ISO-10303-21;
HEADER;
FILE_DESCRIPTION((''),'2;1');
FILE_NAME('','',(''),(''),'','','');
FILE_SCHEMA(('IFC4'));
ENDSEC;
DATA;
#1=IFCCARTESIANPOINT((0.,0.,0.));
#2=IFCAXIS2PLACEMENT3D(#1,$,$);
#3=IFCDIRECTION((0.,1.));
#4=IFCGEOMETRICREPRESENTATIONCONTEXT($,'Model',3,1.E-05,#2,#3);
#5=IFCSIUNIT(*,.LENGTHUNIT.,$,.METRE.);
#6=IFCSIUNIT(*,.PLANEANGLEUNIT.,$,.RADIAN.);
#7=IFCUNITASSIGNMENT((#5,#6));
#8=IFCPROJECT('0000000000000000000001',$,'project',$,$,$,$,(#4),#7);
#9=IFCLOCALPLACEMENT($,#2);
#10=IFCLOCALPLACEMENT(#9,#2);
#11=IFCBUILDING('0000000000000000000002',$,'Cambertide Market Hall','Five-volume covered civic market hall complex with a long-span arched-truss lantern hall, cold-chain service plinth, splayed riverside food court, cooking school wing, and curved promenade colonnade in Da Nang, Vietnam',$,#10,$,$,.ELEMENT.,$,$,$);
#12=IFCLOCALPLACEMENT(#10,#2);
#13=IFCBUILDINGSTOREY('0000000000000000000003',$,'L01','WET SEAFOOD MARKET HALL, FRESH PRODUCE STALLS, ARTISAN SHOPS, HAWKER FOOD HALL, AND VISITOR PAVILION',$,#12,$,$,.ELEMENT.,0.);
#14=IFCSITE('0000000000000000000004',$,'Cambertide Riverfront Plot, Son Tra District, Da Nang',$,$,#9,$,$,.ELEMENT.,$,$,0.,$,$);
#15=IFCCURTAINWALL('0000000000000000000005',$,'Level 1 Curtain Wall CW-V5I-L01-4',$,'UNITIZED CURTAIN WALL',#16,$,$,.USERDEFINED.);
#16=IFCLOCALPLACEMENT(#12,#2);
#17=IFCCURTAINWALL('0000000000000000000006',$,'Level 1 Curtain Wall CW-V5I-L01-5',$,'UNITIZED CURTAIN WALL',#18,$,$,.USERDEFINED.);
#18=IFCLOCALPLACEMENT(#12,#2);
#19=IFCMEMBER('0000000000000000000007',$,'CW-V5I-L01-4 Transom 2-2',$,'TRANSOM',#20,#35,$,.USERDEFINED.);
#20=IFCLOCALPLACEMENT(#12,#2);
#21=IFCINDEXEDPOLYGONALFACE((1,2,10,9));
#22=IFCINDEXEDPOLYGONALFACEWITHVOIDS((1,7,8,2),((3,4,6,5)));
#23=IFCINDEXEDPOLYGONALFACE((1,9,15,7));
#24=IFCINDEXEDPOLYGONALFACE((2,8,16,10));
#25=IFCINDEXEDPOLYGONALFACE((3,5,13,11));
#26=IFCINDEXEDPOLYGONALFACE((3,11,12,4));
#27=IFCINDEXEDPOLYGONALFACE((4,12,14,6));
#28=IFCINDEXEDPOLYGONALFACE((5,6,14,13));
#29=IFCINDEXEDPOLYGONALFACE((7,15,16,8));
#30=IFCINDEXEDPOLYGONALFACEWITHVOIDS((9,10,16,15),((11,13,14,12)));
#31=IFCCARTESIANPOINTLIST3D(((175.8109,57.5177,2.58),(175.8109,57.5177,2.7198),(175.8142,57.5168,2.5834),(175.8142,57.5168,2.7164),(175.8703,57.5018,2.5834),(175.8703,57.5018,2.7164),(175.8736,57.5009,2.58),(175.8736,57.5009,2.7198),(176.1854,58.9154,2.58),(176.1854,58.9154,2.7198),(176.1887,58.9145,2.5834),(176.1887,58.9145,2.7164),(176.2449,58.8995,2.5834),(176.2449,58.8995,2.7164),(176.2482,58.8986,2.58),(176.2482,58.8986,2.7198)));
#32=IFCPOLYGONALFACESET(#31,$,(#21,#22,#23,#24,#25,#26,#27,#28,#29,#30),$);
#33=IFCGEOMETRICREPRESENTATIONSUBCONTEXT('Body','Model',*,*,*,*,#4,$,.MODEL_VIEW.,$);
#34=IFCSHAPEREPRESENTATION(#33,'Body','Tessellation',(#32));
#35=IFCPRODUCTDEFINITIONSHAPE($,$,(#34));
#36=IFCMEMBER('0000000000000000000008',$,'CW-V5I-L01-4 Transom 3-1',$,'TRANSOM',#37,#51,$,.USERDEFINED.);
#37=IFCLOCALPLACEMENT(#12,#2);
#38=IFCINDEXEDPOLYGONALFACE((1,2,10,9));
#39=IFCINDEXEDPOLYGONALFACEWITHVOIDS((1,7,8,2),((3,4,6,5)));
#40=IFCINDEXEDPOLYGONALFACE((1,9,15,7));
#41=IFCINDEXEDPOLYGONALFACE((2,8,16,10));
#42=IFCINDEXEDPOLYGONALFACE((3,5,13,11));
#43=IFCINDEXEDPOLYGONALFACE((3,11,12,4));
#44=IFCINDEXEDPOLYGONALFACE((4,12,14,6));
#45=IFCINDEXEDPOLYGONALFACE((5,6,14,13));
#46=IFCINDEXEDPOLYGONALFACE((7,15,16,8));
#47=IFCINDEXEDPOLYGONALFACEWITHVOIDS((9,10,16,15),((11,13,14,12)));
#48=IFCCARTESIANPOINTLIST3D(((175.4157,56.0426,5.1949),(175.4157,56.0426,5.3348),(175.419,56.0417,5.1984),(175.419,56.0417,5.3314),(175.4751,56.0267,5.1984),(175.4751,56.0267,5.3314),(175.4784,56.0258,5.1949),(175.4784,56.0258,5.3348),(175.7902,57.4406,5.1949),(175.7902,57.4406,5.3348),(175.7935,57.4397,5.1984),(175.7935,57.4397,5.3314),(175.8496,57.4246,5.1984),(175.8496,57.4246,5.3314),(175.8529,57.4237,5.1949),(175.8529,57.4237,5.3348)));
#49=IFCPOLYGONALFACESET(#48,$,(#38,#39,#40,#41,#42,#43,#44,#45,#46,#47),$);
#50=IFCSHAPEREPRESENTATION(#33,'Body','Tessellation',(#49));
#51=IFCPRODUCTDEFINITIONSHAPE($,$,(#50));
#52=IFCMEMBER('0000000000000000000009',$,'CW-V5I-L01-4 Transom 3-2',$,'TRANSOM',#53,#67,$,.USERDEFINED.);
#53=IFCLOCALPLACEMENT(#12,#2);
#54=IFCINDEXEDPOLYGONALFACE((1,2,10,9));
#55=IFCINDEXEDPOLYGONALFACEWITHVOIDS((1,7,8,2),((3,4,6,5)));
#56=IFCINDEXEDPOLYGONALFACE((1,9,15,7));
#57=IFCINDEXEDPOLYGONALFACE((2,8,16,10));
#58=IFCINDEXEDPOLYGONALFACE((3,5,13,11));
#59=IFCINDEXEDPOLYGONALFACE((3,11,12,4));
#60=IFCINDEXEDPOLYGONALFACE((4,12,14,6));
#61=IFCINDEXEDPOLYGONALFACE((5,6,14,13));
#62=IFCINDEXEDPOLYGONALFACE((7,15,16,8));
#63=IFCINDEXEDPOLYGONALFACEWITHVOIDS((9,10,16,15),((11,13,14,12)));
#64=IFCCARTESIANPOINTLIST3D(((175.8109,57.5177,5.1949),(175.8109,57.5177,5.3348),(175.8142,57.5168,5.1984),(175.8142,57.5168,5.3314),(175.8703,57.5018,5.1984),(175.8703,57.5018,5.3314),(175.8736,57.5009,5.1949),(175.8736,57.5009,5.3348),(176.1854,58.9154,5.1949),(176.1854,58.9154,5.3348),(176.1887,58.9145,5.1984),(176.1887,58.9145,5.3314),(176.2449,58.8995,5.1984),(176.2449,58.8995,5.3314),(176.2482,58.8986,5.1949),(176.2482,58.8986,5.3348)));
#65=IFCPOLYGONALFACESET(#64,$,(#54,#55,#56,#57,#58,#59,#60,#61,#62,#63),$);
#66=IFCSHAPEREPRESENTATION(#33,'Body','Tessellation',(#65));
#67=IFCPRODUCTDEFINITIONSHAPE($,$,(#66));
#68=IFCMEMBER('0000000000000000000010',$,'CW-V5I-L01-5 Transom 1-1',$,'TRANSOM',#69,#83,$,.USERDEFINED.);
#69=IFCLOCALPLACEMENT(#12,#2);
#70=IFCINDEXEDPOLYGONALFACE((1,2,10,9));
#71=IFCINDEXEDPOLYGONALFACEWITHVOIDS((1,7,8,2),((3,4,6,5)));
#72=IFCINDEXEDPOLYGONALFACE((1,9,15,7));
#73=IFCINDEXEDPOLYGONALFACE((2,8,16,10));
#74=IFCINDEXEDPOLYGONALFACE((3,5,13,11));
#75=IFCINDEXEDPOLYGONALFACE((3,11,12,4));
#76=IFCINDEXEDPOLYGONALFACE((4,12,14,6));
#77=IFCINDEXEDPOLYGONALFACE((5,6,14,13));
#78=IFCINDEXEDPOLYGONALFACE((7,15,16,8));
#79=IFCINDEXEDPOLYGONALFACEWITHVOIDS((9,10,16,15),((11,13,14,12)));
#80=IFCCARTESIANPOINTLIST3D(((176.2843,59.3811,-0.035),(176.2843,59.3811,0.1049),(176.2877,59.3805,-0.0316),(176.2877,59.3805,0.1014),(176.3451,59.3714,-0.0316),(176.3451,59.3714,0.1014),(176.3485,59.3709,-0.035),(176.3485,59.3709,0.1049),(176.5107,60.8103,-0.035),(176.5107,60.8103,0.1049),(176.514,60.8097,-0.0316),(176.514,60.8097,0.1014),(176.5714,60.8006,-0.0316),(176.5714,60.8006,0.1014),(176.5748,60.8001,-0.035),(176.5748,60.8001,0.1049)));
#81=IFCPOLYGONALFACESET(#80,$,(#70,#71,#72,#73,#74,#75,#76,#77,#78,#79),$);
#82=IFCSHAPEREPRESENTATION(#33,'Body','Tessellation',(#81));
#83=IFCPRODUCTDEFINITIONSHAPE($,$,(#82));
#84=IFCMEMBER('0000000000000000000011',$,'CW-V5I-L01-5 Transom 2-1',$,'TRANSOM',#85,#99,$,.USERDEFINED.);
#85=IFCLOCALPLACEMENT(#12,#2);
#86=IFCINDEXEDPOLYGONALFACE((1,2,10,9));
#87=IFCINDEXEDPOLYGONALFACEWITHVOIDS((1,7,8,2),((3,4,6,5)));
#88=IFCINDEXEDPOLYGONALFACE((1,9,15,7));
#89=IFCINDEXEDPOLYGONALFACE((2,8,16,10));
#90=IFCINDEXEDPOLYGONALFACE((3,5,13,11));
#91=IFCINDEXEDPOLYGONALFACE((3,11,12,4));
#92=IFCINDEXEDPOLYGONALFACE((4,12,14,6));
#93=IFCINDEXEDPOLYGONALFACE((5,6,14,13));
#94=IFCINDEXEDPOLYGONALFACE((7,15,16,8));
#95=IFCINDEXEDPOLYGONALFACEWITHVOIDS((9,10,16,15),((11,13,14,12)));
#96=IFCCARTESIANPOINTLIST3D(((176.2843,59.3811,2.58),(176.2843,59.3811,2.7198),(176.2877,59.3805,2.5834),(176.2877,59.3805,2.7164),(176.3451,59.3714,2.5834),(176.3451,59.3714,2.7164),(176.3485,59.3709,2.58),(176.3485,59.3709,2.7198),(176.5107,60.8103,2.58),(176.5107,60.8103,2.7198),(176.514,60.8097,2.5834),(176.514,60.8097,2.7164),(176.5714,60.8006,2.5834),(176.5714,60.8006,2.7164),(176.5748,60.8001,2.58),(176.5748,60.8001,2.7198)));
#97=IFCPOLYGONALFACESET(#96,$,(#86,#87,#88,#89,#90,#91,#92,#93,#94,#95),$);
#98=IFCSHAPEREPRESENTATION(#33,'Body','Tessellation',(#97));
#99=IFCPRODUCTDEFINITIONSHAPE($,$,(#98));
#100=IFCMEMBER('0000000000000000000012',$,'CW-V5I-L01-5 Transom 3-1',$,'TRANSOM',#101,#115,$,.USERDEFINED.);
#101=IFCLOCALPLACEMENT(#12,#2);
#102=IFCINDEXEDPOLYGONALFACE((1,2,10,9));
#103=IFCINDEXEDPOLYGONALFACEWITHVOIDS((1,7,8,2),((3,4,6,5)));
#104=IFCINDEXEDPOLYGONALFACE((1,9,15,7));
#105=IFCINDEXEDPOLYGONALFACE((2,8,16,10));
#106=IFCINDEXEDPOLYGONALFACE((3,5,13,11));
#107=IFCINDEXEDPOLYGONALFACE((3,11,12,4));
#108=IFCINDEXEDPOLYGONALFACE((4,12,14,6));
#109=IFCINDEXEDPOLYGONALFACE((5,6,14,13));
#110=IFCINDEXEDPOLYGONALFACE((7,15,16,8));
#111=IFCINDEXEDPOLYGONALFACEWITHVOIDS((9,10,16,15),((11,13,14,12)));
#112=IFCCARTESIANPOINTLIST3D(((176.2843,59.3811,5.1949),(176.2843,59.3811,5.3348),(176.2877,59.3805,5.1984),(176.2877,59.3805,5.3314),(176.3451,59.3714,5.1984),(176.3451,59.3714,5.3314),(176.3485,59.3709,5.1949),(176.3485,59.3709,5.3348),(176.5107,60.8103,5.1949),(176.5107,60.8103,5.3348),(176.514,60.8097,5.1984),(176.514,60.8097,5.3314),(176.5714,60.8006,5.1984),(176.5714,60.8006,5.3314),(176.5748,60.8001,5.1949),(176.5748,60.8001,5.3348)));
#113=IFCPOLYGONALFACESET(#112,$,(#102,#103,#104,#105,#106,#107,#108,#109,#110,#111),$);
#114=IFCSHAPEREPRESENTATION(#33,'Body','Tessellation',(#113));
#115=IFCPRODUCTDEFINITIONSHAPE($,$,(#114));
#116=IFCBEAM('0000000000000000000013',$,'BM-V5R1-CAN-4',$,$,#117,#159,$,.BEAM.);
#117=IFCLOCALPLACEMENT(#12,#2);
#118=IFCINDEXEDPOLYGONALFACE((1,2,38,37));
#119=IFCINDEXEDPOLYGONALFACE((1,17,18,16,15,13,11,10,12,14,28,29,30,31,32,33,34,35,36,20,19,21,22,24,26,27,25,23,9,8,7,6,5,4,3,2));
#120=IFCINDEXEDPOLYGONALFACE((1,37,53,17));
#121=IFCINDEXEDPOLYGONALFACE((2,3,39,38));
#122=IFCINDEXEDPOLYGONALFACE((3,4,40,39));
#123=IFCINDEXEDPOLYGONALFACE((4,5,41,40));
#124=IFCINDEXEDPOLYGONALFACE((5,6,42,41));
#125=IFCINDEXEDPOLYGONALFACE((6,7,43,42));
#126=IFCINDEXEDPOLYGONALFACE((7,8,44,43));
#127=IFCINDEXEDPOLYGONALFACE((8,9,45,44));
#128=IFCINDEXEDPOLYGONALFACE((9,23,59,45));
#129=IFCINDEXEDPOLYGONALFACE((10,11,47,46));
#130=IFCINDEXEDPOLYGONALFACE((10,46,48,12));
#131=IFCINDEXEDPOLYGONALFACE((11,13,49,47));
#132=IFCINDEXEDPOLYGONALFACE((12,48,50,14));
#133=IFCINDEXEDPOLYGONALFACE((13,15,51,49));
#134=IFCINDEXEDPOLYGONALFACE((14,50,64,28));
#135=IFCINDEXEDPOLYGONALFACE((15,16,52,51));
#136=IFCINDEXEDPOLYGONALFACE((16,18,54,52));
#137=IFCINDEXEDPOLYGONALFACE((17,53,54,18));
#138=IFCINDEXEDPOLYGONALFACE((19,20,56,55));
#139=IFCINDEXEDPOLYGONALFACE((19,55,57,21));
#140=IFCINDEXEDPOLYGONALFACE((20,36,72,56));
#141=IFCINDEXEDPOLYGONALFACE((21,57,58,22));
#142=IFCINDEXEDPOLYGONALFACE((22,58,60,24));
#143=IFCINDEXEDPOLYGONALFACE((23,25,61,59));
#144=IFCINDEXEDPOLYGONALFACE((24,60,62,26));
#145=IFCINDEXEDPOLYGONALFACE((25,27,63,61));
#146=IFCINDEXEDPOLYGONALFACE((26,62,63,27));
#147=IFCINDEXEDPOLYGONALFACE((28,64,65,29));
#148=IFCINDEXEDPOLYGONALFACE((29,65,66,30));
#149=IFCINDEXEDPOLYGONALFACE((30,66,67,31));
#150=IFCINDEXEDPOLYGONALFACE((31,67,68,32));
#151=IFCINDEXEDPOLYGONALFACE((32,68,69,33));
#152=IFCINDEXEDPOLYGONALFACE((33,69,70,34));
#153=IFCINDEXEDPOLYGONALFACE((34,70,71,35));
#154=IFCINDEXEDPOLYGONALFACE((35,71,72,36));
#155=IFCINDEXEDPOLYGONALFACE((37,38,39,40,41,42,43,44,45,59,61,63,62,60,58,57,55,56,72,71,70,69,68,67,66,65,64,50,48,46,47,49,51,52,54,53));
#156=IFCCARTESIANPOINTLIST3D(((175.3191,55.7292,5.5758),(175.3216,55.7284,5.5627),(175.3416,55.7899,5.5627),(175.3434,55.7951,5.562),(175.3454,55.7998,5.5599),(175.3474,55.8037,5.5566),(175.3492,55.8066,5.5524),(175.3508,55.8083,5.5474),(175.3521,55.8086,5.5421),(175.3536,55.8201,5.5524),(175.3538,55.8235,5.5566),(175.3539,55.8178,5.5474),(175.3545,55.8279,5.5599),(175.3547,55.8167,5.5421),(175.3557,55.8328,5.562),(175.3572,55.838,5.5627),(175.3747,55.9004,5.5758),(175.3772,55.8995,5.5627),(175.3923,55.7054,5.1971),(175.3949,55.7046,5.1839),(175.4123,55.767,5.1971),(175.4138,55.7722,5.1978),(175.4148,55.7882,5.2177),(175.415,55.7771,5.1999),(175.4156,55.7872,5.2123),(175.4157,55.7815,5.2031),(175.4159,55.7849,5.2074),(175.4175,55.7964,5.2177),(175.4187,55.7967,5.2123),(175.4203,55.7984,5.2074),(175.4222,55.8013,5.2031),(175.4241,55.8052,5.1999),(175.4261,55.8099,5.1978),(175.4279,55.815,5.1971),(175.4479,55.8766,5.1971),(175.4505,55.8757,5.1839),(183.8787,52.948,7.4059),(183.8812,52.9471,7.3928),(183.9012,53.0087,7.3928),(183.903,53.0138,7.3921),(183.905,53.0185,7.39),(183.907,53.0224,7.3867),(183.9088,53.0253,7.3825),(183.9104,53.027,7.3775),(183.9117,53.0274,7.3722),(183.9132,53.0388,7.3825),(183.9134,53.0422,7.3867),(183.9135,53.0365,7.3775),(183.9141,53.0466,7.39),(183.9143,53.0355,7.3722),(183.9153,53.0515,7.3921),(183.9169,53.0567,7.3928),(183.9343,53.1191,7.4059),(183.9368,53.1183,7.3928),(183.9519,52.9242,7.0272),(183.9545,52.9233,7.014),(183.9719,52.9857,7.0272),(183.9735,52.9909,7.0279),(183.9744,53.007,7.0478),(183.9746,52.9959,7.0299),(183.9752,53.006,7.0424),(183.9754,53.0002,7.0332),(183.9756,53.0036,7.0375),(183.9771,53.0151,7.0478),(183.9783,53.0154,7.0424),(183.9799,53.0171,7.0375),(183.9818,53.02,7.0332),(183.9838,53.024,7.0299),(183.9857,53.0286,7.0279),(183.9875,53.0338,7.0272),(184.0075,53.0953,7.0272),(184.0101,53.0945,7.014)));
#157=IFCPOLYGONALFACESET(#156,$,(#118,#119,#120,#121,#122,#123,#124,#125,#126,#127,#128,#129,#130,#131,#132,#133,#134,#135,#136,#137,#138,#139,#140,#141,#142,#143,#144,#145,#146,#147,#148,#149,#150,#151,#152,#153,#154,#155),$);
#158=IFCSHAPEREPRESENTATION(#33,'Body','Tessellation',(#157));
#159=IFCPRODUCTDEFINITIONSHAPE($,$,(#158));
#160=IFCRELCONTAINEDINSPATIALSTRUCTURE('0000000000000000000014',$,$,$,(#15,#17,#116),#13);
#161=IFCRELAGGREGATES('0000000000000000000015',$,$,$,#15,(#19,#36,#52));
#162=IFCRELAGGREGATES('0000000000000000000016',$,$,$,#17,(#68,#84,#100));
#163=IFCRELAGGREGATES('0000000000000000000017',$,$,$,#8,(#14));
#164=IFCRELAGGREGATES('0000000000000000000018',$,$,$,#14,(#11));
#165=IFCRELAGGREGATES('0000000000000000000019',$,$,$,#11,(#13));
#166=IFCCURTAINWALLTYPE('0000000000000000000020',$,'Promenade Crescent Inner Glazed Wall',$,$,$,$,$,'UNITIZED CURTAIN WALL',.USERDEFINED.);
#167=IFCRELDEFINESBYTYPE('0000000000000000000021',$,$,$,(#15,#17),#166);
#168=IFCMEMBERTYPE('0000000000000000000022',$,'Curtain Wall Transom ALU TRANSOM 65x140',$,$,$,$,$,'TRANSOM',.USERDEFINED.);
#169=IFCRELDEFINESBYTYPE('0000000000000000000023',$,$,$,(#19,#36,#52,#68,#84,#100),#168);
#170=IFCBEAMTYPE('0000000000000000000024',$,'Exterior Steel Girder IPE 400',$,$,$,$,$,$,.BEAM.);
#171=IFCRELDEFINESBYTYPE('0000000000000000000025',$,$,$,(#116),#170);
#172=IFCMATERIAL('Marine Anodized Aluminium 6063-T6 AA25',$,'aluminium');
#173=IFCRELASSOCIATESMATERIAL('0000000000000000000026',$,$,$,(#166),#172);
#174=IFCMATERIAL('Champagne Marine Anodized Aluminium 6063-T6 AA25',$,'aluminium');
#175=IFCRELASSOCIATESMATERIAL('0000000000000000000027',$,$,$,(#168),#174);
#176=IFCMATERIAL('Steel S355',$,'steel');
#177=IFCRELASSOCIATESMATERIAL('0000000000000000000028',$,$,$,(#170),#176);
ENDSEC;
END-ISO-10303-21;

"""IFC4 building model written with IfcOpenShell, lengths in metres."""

from ifc_helpers import new_model, si_unit, direction, frame, origin, origin_2d, place, context, subcontext, project, spatial, hollow_rectangle, i_section, extrude, material, material_profile, profile_set, type_object, element, aggregate, save


model = new_model("IFC4")

# Units and contexts
model_context = context("Model", 3, precision=1e-05, world=origin(), true_north=direction((0.0, 1.0)))
body_context = subcontext(model_context, "Body", "Model", "MODEL_VIEW")
ifc_project = project(units=[si_unit("LENGTHUNIT", "METRE"), si_unit("PLANEANGLEUNIT", "RADIAN")], contexts=[model_context])

# Site, building, storey
site_placement = place(None, origin())
site = spatial("IfcSite", under=ifc_project, at=site_placement, Name="Cambertide Riverfront Plot, Son Tra District, Da Nang", CompositionType="ELEMENT", RefElevation=0.0)
building_placement = place(site_placement, origin())
building = spatial("IfcBuilding", under=site, at=building_placement, Name="Cambertide Market Hall", Description="Five-volume covered civic market hall complex with a long-span arched-truss lantern hall, cold-chain service plinth, splayed riverside food court, cooking school wing, and curved promenade colonnade in Da Nang, Vietnam", CompositionType="ELEMENT")
storey_placement = place(building_placement, origin())
storey = spatial("IfcBuildingStorey", under=building, at=storey_placement, Name="L01", Description="WET SEAFOOD MARKET HALL, FRESH PRODUCE STALLS, ARTISAN SHOPS, HAWKER FOOD HALL, AND VISITOR PAVILION", CompositionType="ELEMENT", Elevation=0.0)

# Curtain wall
ifc_material_1 = material(Name="Marine Anodized Aluminium 6063-T6 AA25", Category="aluminium")
curtain_wall_type = type_object("IfcCurtainWallType", Name="Promenade Crescent Inner Glazed Wall", ElementType="UNITIZED CURTAIN WALL", PredefinedType="USERDEFINED", material=ifc_material_1)
curtain_wall_1_placement = place(storey_placement, origin())
curtain_wall_1 = element("IfcCurtainWall", 1, at=curtain_wall_1_placement, inside=storey, type_object=curtain_wall_type, Name="Level 1 Curtain Wall CW-V5I-L01-4", ObjectType="UNITIZED CURTAIN WALL", PredefinedType="USERDEFINED")

# Curtain wall
curtain_wall_2_placement = place(storey_placement, origin())
curtain_wall_2 = element("IfcCurtainWall", 2, at=curtain_wall_2_placement, inside=storey, type_object=curtain_wall_type, Name="Level 1 Curtain Wall CW-V5I-L01-5", ObjectType="UNITIZED CURTAIN WALL", PredefinedType="USERDEFINED")

# Members
ifc_material_2 = material(Name="Champagne Marine Anodized Aluminium 6063-T6 AA25", Category="aluminium")
ifc_material_profile_1 = material_profile(ifc_material_2, hollow_rectangle(XDim=0.0649, YDim=0.1399, WallThickness=0.0034, at=origin_2d()), Name="ALU TRANSOM 65x140")
ifc_profile_set_1 = profile_set([ifc_material_profile_1], Name="Champagne Marine Anodized Aluminium 6063-T6 AA25")
member_type_1 = type_object("IfcMemberType", Name="Curtain Wall Transom ALU TRANSOM 65x140", ElementType="TRANSOM", PredefinedType="USERDEFINED", material=ifc_profile_set_1)
member_1_placement = place(storey_placement, frame((175.8423, 57.5093, 2.6499), z_axis=(0.258818, 0.965926, 0.0), x_axis=(-0.965926, 0.258818, 0.0)))
member_1 = element("IfcMember", 3, at=member_1_placement, type_object=member_type_1, Name="CW-V5I-L01-4 Transom 2-2", ObjectType="TRANSOM", PredefinedType="USERDEFINED", context=body_context, shape_type="SweptSolid", body=[
    extrude(hollow_rectangle(XDim=0.0649, YDim=0.1399, WallThickness=0.0034, at=origin_2d()), origin(), (0.0, 0.0, 1.0), 1.447),
])
member_2_placement = place(storey_placement, frame((175.447, 56.0342, 5.2649), z_axis=(0.258775, 0.965938, 0.0), x_axis=(-0.965938, 0.258775, 0.0)))
member_2 = element("IfcMember", 4, at=member_2_placement, type_object=member_type_1, Name="CW-V5I-L01-4 Transom 3-1", ObjectType="TRANSOM", PredefinedType="USERDEFINED", context=body_context, shape_type="SweptSolid", body=[
    extrude(hollow_rectangle(XDim=0.0649, YDim=0.1399, WallThickness=0.0034, at=origin_2d()), origin(), (0.0, 0.0, 1.0), 1.4473),
])
member_3_placement = place(storey_placement, frame((175.8423, 57.5093, 5.2649), z_axis=(0.258818, 0.965926, 0.0), x_axis=(-0.965926, 0.258818, 0.0)))
member_3 = element("IfcMember", 5, at=member_3_placement, type_object=member_type_1, Name="CW-V5I-L01-4 Transom 3-2", ObjectType="TRANSOM", PredefinedType="USERDEFINED", context=body_context, shape_type="SweptSolid", body=[
    extrude(hollow_rectangle(XDim=0.0649, YDim=0.1399, WallThickness=0.0034, at=origin_2d()), origin(), (0.0, 0.0, 1.0), 1.447),
])
member_4_placement = place(storey_placement, frame((176.3164, 59.376, 0.0349), z_axis=(0.156404, 0.987693, 0.0), x_axis=(-0.987693, 0.156404, 0.0)))
member_4 = element("IfcMember", 6, at=member_4_placement, type_object=member_type_1, Name="CW-V5I-L01-5 Transom 1-1", ObjectType="TRANSOM", PredefinedType="USERDEFINED", context=body_context, shape_type="SweptSolid", body=[
    extrude(hollow_rectangle(XDim=0.0649, YDim=0.1399, WallThickness=0.0034, at=origin_2d()), origin(), (0.0, 0.0, 1.0), 1.447),
])
member_5_placement = place(storey_placement, frame((176.3164, 59.376, 2.6499), z_axis=(0.156404, 0.987693, 0.0), x_axis=(-0.987693, 0.156404, 0.0)))
member_5 = element("IfcMember", 7, at=member_5_placement, type_object=member_type_1, Name="CW-V5I-L01-5 Transom 2-1", ObjectType="TRANSOM", PredefinedType="USERDEFINED", context=body_context, shape_type="SweptSolid", body=[
    extrude(hollow_rectangle(XDim=0.0649, YDim=0.1399, WallThickness=0.0034, at=origin_2d()), origin(), (0.0, 0.0, 1.0), 1.447),
])
member_6_placement = place(storey_placement, frame((176.3164, 59.376, 5.2649), z_axis=(0.156404, 0.987693, 0.0), x_axis=(-0.987693, 0.156404, 0.0)))
member_6 = element("IfcMember", 8, at=member_6_placement, type_object=member_type_1, Name="CW-V5I-L01-5 Transom 3-1", ObjectType="TRANSOM", PredefinedType="USERDEFINED", context=body_context, shape_type="SweptSolid", body=[
    extrude(hollow_rectangle(XDim=0.0649, YDim=0.1399, WallThickness=0.0034, at=origin_2d()), origin(), (0.0, 0.0, 1.0), 1.447),
])

# Beam
ifc_material_3 = material(Name="Steel S355", Category="steel")
ifc_material_profile_2 = material_profile(ifc_material_3, i_section(OverallWidth=0.1799, OverallDepth=0.3999, WebThickness=0.0085, FlangeThickness=0.0134, FilletRadius=0.021, at=origin_2d()), Name="IPE 400")
ifc_profile_set_2 = profile_set([ifc_material_profile_2], Name="Steel S355")
beam_type_1 = type_object("IfcBeamType", Name="Exterior Steel Girder IPE 400", PredefinedType="BEAM", material=ifc_profile_set_2)
for number, where, z_axis, x_axis, name in (
    (9, (175.3848, 55.8025, 5.3799), (0.931982, -0.302828, 0.199262), (0.309025, 0.951054, 0.0), "BM-V5R1-CAN-4"),
):
    element("IfcBeam", number, at=place(storey_placement, frame(where, z_axis=z_axis, x_axis=x_axis)), inside=storey, type_object=beam_type_1, Name=name, PredefinedType="BEAM", context=body_context, shape_type="SweptSolid", body=[
        extrude(i_section(OverallWidth=0.1799, OverallDepth=0.3999, WebThickness=0.0085, FlangeThickness=0.0134, FilletRadius=0.021, at=origin_2d()), origin(), (0.0, 0.0, 1.0), 9.1843),
    ])

aggregate(curtain_wall_1, [member_1, member_2, member_3])
aggregate(curtain_wall_2, [member_4, member_5, member_6])

save(model, "model.ifc")
